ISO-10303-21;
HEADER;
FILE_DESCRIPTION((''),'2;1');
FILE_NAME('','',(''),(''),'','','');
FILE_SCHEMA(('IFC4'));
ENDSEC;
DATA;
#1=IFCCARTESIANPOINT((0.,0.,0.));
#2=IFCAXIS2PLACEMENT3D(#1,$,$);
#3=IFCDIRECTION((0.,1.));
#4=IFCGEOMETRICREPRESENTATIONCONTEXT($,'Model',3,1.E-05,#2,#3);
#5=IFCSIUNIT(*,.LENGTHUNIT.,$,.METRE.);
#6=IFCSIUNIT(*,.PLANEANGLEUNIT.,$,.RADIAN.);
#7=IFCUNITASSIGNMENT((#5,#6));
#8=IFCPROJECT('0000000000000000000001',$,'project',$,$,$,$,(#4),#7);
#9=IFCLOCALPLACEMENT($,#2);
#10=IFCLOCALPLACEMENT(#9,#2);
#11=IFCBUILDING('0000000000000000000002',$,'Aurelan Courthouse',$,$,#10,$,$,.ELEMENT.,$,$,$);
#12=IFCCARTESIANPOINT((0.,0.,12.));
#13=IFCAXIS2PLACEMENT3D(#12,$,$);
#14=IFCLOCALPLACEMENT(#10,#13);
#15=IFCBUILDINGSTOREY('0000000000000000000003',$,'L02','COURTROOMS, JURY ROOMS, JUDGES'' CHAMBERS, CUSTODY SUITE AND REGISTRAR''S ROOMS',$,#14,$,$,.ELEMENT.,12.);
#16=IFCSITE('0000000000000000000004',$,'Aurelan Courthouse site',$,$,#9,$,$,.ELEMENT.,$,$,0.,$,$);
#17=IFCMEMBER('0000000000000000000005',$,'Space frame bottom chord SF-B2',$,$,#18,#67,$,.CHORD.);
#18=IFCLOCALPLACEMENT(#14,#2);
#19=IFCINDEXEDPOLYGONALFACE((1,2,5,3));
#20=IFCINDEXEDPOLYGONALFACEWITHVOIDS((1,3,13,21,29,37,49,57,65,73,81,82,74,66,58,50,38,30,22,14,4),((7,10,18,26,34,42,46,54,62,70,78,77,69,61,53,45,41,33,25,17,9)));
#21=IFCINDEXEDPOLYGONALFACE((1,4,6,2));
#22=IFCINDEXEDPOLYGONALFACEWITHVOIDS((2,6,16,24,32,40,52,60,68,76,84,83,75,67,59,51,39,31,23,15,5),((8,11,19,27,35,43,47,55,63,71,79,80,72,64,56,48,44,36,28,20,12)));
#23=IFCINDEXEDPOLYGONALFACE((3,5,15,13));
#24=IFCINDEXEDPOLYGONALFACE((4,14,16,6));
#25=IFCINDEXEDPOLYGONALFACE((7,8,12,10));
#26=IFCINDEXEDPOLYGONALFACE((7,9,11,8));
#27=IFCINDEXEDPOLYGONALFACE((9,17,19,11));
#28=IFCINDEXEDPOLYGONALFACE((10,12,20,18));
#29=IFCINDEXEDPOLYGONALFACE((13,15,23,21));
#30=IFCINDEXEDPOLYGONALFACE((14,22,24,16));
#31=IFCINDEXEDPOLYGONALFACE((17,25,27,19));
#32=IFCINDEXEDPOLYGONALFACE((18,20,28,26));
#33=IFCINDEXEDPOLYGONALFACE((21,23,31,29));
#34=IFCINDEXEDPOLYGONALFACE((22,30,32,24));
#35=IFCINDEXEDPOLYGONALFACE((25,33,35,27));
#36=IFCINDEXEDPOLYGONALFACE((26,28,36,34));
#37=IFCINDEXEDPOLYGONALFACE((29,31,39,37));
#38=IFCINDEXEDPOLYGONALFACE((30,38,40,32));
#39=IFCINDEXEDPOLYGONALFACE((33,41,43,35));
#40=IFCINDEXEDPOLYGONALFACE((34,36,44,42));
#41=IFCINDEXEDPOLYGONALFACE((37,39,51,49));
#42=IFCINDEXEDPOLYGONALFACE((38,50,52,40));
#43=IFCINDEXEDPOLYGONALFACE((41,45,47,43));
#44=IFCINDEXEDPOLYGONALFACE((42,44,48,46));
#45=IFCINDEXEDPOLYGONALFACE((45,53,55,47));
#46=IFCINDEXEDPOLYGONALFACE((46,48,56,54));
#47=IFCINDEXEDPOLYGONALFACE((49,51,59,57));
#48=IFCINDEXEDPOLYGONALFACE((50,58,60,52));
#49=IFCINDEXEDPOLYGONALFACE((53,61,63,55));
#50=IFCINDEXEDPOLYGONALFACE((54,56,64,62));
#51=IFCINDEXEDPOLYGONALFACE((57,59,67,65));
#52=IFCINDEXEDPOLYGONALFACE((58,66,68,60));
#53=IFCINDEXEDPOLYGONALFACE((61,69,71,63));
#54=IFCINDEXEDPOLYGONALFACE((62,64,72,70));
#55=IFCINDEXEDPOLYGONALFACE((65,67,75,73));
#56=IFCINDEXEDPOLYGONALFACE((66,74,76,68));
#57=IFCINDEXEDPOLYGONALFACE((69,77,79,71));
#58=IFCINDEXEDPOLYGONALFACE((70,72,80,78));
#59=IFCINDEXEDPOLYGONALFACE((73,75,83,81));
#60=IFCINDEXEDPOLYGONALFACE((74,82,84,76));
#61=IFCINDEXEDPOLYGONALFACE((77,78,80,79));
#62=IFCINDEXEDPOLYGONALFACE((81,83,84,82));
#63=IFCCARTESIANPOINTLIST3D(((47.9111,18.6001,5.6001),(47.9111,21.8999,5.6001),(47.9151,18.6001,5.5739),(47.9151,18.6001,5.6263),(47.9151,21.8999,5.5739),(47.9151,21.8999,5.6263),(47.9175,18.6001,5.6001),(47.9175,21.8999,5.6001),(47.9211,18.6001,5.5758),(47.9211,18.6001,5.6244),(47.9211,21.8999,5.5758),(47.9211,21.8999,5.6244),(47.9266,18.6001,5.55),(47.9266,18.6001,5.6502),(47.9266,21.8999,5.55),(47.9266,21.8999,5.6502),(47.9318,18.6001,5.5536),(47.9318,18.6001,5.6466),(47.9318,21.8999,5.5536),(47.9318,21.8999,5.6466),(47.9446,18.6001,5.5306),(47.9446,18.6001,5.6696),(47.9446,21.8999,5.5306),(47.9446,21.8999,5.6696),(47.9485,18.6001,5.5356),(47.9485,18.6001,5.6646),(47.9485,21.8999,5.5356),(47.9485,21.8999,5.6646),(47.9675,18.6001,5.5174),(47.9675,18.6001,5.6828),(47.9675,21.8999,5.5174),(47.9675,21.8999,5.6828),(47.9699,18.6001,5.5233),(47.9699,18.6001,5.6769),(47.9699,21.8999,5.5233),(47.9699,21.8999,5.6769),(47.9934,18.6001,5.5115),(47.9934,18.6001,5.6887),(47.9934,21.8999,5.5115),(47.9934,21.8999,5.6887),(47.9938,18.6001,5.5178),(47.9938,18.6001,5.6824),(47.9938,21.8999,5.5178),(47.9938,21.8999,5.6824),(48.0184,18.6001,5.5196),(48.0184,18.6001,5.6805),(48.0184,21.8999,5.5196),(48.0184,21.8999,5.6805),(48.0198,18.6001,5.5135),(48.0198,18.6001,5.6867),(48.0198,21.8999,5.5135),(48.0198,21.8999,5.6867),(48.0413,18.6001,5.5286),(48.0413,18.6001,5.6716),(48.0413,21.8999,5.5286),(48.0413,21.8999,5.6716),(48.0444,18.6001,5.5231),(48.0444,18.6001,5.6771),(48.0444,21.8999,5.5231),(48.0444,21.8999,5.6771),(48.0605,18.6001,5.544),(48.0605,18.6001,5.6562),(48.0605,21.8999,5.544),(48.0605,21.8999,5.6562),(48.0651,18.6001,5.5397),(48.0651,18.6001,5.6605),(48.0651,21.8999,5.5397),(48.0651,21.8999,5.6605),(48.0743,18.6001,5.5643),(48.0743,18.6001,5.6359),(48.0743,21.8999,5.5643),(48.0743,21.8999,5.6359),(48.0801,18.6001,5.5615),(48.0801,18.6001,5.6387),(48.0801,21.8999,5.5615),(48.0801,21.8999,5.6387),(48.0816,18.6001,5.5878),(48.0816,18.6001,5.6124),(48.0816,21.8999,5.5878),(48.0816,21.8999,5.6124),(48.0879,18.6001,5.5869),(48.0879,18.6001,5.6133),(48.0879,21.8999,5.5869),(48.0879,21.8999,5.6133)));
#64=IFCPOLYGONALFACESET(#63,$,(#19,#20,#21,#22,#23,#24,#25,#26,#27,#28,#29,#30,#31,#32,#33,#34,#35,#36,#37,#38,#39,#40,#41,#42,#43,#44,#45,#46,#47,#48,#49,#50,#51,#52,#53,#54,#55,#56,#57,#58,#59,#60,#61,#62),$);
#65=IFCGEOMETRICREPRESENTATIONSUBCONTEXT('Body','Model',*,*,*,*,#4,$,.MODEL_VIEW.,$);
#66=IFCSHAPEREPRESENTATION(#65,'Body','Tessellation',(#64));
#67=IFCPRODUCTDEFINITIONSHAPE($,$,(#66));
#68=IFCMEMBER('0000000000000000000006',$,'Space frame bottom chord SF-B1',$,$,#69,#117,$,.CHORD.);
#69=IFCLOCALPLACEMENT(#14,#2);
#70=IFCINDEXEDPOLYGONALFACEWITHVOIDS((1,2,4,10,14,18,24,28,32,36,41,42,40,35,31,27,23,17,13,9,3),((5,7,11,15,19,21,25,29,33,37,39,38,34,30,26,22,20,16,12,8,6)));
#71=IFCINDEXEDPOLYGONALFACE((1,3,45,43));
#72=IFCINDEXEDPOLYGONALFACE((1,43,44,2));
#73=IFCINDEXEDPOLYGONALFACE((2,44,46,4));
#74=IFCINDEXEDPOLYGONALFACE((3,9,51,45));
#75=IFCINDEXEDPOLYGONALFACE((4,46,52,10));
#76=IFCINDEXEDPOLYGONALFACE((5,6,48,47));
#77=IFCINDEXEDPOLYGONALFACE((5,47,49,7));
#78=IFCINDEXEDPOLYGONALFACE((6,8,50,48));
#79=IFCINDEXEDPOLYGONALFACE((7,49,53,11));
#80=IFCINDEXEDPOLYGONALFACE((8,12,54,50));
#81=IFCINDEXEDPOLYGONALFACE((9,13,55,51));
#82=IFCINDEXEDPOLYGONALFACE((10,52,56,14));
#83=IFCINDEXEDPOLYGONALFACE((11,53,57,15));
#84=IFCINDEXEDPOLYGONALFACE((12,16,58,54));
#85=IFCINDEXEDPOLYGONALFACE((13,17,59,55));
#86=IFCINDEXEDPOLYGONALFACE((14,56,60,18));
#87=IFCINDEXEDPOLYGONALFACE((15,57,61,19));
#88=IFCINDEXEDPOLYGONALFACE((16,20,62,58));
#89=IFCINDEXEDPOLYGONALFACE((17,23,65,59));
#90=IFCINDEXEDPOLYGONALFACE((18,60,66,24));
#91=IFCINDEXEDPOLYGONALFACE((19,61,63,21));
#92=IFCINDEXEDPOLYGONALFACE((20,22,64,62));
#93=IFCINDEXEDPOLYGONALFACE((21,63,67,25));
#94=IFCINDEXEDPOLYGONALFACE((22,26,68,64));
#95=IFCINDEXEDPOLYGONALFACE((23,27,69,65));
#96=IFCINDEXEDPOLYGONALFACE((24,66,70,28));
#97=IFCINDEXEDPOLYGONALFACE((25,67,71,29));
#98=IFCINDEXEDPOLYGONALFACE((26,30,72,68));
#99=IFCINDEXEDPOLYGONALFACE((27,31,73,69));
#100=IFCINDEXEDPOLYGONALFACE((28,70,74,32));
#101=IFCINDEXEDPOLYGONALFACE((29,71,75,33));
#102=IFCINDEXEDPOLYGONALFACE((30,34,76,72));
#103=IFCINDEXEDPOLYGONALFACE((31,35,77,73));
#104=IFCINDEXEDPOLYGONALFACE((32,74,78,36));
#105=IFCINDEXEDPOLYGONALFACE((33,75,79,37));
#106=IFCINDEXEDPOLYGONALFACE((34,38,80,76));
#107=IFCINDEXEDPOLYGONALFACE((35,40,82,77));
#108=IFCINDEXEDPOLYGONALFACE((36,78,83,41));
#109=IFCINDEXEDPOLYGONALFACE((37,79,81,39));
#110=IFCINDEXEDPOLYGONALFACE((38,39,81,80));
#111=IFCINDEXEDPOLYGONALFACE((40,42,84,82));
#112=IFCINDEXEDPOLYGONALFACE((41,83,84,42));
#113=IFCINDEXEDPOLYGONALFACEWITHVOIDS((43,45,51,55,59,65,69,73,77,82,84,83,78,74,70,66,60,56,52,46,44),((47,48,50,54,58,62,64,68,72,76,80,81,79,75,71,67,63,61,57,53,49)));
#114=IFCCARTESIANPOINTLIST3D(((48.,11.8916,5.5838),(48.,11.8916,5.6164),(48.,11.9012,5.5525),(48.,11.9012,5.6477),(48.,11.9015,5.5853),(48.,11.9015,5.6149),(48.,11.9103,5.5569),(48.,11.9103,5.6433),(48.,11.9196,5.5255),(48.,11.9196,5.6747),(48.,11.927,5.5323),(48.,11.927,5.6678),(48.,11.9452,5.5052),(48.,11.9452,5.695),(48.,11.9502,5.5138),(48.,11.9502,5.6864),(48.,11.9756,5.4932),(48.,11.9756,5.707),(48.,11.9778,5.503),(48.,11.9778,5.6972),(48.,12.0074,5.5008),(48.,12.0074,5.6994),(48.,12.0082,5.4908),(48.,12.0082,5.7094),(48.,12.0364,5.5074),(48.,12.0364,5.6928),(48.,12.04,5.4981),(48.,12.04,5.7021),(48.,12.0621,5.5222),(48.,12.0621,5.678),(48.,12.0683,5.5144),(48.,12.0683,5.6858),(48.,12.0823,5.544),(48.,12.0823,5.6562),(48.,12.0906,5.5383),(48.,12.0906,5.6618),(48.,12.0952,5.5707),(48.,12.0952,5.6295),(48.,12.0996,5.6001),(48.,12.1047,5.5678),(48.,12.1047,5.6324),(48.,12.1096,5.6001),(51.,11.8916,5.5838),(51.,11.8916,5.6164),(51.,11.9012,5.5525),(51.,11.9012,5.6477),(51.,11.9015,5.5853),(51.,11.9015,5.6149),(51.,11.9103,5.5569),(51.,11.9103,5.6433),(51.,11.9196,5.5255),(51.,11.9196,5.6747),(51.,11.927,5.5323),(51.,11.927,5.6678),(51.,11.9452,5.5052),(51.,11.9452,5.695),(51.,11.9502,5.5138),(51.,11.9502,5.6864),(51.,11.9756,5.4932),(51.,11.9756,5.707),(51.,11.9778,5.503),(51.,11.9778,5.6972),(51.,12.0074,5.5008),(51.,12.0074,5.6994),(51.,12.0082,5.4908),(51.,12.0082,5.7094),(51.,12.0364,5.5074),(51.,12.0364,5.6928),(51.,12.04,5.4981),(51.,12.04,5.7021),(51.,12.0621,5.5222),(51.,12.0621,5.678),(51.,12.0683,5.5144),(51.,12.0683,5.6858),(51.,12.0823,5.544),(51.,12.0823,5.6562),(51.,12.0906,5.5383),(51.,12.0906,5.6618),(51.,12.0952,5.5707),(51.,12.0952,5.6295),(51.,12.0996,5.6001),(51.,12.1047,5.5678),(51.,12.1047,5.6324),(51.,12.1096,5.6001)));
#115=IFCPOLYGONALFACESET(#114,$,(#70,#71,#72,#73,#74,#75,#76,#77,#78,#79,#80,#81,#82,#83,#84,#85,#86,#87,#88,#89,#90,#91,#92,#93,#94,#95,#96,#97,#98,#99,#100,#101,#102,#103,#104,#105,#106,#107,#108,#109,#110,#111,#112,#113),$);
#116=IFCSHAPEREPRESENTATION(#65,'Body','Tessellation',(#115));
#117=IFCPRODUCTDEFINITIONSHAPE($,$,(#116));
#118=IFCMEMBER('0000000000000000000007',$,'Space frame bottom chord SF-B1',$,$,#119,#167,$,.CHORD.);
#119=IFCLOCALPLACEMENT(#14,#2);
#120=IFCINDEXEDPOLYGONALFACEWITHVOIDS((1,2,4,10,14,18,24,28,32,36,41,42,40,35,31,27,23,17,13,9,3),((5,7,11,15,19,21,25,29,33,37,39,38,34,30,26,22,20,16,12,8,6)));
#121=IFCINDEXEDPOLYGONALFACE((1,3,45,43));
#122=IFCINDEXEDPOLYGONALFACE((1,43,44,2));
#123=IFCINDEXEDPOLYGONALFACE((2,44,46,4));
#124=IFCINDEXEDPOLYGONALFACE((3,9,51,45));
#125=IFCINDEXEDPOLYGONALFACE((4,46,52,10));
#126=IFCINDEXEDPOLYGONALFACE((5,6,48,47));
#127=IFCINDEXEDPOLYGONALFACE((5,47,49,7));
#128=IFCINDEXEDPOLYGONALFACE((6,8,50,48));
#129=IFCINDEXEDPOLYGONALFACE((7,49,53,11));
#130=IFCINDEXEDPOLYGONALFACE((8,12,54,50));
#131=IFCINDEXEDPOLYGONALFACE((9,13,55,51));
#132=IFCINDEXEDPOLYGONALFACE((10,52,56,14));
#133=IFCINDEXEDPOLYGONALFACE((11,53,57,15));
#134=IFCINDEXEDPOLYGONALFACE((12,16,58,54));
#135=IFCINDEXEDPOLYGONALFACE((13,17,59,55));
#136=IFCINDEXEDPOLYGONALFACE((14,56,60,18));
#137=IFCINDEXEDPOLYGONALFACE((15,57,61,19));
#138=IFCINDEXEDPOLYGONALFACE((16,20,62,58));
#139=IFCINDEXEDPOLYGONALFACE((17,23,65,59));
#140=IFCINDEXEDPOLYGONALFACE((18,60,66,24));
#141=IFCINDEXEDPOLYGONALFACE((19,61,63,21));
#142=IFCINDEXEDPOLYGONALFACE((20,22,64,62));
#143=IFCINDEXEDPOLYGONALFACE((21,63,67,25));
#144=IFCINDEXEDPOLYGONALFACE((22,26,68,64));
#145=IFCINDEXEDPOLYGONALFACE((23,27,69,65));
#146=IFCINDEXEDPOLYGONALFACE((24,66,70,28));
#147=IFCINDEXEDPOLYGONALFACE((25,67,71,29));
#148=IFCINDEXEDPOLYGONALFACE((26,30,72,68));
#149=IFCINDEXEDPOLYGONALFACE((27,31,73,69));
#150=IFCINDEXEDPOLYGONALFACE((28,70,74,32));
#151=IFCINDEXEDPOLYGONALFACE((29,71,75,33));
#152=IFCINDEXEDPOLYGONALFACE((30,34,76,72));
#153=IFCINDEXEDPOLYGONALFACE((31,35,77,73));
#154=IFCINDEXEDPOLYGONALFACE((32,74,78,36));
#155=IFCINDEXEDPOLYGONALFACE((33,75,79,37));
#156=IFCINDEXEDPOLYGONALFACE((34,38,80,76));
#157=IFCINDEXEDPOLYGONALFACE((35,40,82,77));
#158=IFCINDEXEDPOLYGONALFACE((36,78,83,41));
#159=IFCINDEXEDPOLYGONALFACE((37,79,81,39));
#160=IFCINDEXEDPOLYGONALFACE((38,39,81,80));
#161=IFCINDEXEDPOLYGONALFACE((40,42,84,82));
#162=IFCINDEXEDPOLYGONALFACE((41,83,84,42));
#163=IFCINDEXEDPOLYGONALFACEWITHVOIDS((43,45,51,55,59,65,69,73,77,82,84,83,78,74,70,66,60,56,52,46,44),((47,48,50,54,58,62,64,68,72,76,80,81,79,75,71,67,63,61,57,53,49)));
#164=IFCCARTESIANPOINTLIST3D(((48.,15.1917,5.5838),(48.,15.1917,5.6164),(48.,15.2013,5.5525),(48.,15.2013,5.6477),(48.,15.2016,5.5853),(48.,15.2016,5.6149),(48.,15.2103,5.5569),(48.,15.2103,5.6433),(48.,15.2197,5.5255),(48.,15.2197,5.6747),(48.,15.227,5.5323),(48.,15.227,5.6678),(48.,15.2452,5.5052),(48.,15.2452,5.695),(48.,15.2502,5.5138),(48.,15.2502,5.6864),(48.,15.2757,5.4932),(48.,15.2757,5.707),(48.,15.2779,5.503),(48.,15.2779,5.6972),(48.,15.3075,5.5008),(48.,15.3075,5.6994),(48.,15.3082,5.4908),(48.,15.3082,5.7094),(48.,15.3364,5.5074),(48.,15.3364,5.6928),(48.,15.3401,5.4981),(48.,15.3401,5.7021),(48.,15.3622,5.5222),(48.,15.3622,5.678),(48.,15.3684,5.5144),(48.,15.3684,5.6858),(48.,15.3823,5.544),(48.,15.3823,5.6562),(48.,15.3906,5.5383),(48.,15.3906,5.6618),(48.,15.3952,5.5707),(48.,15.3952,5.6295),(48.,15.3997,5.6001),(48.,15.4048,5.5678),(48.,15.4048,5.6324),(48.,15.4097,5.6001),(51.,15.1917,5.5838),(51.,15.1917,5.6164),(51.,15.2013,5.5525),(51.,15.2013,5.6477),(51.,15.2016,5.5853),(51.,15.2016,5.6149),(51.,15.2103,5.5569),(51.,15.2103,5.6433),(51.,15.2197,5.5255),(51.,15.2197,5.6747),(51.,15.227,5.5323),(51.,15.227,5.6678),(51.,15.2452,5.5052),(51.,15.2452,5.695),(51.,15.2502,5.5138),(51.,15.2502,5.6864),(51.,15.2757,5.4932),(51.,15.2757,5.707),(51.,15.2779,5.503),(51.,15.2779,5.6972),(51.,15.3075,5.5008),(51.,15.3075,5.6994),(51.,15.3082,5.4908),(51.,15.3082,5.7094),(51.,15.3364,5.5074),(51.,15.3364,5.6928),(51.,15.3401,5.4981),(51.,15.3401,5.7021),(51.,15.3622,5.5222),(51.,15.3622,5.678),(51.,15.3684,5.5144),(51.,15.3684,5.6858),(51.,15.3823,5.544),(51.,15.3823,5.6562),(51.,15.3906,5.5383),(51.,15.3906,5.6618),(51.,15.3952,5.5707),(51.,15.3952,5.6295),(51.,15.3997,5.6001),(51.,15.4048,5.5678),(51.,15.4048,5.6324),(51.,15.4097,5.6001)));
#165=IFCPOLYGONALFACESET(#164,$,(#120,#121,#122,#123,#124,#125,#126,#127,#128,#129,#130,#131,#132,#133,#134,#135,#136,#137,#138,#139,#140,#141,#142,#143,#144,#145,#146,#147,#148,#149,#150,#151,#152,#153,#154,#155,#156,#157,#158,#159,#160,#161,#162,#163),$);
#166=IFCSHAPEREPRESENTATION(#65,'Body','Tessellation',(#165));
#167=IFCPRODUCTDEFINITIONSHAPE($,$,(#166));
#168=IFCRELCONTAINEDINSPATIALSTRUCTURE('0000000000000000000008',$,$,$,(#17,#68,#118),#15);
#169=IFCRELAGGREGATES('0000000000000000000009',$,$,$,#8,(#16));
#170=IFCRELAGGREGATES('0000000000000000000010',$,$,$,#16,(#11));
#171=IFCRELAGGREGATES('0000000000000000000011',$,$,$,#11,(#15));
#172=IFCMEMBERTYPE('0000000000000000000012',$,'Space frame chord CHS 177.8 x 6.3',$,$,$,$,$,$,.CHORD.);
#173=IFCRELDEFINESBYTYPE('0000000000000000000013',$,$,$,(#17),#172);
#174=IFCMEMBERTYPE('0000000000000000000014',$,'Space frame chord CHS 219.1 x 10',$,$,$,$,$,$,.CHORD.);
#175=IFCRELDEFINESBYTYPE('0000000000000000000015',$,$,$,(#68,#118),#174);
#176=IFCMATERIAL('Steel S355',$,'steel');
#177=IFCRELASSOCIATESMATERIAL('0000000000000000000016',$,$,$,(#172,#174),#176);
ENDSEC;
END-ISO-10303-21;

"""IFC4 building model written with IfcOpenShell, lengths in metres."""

from ifc_helpers import new_model, si_unit, direction, frame, origin, origin_2d, place, context, subcontext, project, spatial, hollow_circle, extrude, material, material_profile, profile_set, type_object, element, save


model = new_model("IFC4")

# Units and contexts
model_context = context("Model", 3, precision=1e-05, world=origin(), true_north=direction((0.0, 1.0)))
body_context = subcontext(model_context, "Body", "Model", "MODEL_VIEW")
ifc_project = project(units=[si_unit("LENGTHUNIT", "METRE"), si_unit("PLANEANGLEUNIT", "RADIAN")], contexts=[model_context])

# Site, building, storey
site_placement = place(None, origin())
site = spatial("IfcSite", under=ifc_project, at=site_placement, Name="Aurelan Courthouse site", CompositionType="ELEMENT", RefElevation=0.0)
building_placement = place(site_placement, origin())
building = spatial("IfcBuilding", under=site, at=building_placement, Name="Aurelan Courthouse", CompositionType="ELEMENT")
storey_placement = place(building_placement, frame((0.0, 0.0, 12.0)))
storey = spatial("IfcBuildingStorey", under=building, at=storey_placement, Name="L02", Description="COURTROOMS, JURY ROOMS, JUDGES' CHAMBERS, CUSTODY SUITE AND REGISTRAR'S ROOMS", CompositionType="ELEMENT", Elevation=12.0)

# Members
ifc_material_1 = material(Name="Steel S355", Category="steel")
ifc_material_profile_1 = material_profile(ifc_material_1, hollow_circle(Radius=0.0889, WallThickness=0.0063, at=origin_2d()), Name="CHS 177.8 x 6.3")
ifc_profile_set_1 = profile_set([ifc_material_profile_1], Name="Steel S355")
member_type_1 = type_object("IfcMemberType", Name="Space frame chord CHS 177.8 x 6.3", PredefinedType="CHORD", material=ifc_profile_set_1)
member_1_placement = place(storey_placement, frame((48.0, 18.6001, 5.6001), z_axis=(0.0, 1.0, 0.0), x_axis=(-1.0, 0.0, 0.0)))
element("IfcMember", 1, at=member_1_placement, inside=storey, type_object=member_type_1, Name="Space frame bottom chord SF-B2", PredefinedType="CHORD", context=body_context, shape_type="SweptSolid", body=[
    extrude(hollow_circle(Radius=0.0889, WallThickness=0.0063, at=origin_2d()), origin(), (0.0, 0.0, 1.0), 3.2998),
])
ifc_material_profile_2 = material_profile(ifc_material_1, hollow_circle(Radius=0.1096, WallThickness=0.01, at=origin_2d()), Name="CHS 219.1 x 10")
ifc_profile_set_2 = profile_set([ifc_material_profile_2], Name="Steel S355")
member_type_2 = type_object("IfcMemberType", Name="Space frame chord CHS 219.1 x 10", PredefinedType="CHORD", material=ifc_profile_set_2)
for number, where, z_axis, x_axis, name in (
    (2, (48.0, 12.0, 5.6001), (1.0, 0.0, 0.0), (0.0, 1.0, 0.0), "Space frame bottom chord SF-B1"),
    (3, (48.0, 15.3, 5.6001), (1.0, 0.0, 0.0), (0.0, 1.0, 0.0), "Space frame bottom chord SF-B1"),
):
    element("IfcMember", number, at=place(storey_placement, frame(where, z_axis=z_axis, x_axis=x_axis)), inside=storey, type_object=member_type_2, Name=name, PredefinedType="CHORD", context=body_context, shape_type="SweptSolid", body=[
        extrude(hollow_circle(Radius=0.1096, WallThickness=0.01, at=origin_2d()), origin(), (0.0, 0.0, 1.0), 3.0),
    ])

save(model, "model.ifc")
